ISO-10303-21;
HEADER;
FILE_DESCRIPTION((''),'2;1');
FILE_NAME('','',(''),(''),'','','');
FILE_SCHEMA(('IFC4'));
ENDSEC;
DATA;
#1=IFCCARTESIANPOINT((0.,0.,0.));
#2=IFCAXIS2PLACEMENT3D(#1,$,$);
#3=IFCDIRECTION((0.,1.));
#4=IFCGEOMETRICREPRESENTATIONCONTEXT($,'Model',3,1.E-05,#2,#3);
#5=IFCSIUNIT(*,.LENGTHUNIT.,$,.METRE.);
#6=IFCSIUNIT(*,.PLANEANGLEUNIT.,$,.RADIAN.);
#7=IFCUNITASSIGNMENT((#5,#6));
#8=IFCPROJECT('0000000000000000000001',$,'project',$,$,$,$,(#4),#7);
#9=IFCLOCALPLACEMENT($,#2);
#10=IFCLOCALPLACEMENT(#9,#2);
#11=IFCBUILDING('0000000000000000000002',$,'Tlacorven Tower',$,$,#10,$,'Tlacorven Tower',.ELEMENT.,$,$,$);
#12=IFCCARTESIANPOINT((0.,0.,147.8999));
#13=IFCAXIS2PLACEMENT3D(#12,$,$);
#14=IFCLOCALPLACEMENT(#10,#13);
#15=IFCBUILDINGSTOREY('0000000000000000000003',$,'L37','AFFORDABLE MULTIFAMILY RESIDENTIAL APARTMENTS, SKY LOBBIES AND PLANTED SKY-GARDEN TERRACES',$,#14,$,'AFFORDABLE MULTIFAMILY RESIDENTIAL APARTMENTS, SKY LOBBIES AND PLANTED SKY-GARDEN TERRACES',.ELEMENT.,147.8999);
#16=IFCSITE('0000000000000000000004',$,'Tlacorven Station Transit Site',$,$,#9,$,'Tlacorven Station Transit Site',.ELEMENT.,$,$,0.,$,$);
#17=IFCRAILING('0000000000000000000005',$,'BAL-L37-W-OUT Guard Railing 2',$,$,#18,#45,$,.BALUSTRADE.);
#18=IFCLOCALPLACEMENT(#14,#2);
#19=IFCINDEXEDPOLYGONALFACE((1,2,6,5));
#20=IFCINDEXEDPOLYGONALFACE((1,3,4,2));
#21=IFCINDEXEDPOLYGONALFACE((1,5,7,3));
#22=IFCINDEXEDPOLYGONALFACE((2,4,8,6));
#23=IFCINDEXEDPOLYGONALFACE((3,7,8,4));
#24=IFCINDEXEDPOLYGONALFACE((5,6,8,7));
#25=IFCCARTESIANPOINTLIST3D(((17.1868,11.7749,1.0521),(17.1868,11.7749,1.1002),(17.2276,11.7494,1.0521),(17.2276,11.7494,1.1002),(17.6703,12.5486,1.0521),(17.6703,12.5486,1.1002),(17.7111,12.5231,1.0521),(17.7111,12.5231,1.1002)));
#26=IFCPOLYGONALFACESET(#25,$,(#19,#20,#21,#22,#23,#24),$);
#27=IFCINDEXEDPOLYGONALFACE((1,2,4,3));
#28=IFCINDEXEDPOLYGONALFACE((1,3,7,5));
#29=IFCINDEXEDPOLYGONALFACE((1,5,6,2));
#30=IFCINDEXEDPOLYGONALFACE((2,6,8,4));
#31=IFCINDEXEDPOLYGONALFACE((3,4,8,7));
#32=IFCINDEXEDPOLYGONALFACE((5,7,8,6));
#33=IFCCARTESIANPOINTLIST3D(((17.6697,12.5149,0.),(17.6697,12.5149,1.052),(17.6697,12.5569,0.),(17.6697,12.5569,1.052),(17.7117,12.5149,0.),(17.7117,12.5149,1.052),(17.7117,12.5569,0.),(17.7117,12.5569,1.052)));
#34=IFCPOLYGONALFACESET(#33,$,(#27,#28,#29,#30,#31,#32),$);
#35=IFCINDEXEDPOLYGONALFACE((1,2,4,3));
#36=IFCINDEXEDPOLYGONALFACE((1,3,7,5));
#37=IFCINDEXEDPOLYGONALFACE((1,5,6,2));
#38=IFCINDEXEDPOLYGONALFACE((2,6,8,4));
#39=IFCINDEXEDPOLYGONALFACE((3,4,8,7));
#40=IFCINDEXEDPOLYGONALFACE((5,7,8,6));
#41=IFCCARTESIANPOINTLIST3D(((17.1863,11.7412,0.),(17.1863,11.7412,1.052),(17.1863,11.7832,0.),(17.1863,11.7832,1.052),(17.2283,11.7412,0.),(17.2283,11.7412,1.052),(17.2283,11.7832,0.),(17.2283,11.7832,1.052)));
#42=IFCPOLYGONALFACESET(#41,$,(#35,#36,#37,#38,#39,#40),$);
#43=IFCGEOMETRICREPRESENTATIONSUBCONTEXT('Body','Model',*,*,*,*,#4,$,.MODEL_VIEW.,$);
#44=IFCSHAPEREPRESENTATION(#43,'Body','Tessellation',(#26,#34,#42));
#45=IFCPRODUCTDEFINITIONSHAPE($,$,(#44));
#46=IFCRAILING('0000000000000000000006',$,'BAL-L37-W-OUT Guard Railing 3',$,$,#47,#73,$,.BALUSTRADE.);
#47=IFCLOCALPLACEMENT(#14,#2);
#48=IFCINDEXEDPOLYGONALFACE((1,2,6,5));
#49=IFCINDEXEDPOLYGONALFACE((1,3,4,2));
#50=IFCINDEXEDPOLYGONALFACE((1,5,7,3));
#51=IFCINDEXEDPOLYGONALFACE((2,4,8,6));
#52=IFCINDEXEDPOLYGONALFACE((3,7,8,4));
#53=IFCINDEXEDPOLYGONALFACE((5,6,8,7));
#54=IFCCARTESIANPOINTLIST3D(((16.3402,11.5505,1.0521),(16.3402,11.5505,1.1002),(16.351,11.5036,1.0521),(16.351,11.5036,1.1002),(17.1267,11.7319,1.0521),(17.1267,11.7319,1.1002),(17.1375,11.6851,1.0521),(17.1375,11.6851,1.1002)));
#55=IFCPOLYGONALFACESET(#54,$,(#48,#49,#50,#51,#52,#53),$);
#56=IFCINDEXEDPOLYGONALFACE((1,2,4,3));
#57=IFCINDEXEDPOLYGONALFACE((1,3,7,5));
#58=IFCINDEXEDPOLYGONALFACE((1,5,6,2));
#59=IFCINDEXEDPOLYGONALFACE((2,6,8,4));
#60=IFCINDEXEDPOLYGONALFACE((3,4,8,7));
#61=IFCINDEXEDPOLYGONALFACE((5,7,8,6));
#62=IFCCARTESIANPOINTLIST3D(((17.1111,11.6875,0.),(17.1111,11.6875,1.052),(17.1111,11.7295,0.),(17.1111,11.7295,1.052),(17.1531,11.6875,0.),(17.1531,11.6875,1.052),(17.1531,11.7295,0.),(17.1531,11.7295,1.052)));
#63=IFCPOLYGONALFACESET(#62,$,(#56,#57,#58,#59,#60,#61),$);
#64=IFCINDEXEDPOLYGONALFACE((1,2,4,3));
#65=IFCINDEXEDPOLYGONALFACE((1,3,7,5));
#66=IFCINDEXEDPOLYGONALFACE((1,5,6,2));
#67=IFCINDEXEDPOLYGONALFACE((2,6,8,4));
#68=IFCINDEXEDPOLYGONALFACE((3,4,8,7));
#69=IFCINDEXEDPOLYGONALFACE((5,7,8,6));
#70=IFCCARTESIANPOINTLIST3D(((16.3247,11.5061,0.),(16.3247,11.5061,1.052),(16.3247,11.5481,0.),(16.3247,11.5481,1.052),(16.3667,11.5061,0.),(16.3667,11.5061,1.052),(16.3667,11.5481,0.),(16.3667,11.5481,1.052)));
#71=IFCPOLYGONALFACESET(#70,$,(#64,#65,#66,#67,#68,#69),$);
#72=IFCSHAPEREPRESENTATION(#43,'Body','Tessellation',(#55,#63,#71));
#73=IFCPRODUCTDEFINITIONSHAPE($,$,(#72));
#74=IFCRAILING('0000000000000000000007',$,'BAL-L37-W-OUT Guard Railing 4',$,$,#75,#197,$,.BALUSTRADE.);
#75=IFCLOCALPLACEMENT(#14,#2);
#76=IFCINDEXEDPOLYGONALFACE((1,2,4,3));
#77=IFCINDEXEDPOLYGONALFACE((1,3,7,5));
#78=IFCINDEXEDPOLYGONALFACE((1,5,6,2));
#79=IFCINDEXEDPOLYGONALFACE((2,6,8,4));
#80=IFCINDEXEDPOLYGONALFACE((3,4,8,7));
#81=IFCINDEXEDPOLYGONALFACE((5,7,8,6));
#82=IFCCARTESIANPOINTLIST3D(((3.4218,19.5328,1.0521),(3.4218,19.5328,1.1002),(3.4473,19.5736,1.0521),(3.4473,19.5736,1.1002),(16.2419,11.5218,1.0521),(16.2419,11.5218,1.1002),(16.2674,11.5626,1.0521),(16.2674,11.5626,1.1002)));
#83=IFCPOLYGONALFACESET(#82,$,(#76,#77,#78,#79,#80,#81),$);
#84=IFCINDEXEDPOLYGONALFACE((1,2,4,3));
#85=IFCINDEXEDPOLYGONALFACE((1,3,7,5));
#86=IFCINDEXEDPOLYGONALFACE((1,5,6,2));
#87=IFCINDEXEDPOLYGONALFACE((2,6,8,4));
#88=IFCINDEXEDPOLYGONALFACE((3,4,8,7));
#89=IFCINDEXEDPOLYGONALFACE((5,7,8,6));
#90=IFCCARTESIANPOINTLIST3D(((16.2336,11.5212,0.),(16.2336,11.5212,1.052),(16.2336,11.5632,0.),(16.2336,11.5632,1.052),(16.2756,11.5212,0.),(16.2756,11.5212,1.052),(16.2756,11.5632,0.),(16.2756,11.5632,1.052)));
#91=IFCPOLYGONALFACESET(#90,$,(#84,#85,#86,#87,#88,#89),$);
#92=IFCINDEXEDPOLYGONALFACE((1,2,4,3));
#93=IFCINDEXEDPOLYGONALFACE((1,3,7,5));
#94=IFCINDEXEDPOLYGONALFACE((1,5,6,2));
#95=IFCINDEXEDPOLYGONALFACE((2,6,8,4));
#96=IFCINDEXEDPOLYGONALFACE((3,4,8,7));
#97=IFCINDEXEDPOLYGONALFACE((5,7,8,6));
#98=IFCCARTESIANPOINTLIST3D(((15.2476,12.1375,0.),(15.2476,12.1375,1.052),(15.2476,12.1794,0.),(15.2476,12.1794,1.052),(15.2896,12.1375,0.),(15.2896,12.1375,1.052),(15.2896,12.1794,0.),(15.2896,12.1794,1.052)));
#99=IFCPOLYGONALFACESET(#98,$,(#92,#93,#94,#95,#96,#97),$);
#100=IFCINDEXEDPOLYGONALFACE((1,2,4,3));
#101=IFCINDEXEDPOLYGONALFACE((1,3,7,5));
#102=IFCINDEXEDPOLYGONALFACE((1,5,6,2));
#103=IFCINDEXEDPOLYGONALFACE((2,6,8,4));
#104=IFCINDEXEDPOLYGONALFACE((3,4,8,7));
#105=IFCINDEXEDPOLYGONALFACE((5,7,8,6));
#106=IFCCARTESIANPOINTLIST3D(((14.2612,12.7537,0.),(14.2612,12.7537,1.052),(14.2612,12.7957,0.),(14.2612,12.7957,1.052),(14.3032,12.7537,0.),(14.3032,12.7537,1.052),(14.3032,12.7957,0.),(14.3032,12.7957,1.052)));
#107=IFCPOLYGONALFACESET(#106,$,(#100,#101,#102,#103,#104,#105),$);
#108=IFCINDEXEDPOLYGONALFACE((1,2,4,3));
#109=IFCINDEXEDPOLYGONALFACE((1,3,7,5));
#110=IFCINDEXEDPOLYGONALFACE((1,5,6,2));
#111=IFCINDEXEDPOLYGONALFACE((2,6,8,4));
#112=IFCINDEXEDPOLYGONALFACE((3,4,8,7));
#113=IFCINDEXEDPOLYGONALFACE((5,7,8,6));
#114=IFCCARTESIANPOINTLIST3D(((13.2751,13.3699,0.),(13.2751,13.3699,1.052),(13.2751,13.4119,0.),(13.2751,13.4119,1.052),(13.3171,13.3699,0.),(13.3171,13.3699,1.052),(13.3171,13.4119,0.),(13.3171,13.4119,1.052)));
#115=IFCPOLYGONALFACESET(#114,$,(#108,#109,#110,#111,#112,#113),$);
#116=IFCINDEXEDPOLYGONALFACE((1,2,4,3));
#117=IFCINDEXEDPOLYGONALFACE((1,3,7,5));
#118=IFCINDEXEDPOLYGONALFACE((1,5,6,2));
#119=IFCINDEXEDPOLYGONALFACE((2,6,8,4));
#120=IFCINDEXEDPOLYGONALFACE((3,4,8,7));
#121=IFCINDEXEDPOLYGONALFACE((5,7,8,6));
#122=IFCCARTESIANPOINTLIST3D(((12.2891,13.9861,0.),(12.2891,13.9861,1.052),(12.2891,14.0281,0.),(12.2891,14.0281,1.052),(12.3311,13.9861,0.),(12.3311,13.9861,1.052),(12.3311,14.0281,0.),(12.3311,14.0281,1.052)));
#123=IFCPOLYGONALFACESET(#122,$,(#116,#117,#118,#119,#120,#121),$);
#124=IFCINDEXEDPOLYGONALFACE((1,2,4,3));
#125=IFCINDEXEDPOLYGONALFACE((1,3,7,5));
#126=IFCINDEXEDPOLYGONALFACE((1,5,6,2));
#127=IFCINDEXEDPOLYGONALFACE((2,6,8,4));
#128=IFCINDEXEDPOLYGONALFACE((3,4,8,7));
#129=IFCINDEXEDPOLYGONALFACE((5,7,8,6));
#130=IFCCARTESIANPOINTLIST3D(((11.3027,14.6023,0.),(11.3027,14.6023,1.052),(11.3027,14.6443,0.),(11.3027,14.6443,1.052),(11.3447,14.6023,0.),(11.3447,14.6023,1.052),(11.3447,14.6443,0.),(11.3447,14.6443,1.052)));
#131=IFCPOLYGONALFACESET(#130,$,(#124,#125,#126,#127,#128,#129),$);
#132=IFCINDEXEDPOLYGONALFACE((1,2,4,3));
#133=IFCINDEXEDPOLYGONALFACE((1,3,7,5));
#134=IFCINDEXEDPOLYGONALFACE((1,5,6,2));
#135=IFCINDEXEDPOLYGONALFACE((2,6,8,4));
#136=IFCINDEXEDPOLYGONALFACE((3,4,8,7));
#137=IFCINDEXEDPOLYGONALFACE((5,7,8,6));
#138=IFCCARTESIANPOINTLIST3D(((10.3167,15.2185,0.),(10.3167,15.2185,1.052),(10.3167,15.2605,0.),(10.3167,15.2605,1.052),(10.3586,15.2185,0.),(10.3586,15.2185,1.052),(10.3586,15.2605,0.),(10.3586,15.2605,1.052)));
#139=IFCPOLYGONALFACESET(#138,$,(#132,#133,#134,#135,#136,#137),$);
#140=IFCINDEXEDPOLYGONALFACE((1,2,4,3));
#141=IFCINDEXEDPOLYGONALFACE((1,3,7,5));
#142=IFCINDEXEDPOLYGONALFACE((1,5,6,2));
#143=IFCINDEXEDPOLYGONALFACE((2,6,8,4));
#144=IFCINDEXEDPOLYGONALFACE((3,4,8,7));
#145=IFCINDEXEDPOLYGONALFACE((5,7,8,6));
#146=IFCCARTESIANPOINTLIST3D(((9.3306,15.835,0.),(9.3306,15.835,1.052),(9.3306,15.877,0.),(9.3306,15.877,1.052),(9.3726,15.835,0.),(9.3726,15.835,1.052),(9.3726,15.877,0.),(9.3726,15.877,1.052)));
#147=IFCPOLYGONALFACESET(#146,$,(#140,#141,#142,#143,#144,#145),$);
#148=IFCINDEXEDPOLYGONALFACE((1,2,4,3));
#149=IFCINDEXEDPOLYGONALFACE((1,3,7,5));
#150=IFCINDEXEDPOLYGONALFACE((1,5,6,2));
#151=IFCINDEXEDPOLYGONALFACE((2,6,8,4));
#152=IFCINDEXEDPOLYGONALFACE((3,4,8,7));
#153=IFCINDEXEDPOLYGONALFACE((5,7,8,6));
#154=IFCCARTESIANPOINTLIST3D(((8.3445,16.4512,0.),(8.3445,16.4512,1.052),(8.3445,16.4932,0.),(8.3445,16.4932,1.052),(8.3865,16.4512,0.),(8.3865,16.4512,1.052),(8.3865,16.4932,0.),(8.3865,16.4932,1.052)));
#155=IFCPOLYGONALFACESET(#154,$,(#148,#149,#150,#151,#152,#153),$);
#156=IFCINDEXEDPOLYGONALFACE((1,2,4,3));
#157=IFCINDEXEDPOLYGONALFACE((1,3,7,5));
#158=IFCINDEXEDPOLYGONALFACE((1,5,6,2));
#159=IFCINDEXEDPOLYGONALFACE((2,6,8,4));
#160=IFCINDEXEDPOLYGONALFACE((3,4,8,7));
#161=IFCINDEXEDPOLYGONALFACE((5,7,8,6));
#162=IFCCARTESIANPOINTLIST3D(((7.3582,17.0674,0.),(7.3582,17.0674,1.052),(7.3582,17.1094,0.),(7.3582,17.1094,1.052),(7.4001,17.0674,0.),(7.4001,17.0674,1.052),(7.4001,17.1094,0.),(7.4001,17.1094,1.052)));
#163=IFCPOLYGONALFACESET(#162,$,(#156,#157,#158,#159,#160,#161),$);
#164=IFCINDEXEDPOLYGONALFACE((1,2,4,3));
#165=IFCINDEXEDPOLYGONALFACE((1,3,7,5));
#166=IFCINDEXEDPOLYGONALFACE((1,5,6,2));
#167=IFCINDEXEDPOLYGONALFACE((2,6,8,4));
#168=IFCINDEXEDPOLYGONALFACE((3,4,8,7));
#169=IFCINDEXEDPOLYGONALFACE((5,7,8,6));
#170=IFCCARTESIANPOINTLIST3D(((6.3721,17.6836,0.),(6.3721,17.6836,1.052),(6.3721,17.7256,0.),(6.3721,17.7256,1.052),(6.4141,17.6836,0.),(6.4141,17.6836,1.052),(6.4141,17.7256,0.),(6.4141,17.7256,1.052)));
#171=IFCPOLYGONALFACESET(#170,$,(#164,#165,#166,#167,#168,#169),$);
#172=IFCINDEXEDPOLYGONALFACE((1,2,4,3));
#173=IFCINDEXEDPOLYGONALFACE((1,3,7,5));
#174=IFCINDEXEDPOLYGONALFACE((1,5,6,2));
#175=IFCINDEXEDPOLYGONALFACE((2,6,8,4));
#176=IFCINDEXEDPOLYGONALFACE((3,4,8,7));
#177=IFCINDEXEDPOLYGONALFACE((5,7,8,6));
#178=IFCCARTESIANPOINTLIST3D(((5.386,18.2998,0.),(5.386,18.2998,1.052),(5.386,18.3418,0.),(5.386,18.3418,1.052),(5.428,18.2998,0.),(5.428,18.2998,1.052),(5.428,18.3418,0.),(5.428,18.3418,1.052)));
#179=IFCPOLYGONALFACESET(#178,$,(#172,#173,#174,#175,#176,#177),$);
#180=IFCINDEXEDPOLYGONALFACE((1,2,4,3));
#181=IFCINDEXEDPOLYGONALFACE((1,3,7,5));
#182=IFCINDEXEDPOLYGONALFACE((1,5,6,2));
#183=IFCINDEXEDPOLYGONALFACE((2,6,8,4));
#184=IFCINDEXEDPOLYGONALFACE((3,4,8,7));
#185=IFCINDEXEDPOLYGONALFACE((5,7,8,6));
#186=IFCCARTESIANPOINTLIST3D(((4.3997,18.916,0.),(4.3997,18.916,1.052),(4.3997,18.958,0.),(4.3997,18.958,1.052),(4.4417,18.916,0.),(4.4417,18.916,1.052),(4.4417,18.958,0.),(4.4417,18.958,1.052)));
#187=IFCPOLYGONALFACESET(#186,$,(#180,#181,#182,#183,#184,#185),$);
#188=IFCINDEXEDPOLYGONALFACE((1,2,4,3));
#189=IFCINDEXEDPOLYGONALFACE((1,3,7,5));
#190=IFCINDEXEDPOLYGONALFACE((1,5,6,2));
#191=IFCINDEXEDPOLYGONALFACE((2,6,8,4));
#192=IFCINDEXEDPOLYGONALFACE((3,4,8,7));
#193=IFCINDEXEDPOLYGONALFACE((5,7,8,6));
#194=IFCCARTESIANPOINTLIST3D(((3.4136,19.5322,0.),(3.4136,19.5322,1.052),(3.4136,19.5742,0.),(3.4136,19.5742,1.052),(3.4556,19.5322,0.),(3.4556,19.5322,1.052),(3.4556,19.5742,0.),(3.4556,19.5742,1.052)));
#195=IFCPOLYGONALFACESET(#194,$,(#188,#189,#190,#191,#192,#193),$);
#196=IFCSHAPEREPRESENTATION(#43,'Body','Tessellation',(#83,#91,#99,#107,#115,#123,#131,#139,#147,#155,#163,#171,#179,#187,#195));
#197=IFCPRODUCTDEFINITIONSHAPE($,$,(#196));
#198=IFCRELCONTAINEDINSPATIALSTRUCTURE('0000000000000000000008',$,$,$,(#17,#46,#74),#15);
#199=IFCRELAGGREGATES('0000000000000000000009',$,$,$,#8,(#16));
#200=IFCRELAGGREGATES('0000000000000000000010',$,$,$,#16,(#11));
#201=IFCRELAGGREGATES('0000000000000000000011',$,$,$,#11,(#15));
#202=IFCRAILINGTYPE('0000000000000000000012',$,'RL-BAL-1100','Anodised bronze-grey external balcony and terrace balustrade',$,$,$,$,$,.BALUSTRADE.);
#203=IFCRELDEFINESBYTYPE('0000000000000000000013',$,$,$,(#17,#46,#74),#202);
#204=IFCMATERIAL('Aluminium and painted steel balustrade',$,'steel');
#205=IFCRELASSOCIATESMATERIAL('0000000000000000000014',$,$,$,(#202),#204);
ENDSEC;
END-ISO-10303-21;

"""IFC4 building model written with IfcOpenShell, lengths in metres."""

from ifc_helpers import new_model, si_unit, direction, frame, origin, origin_2d, place, context, subcontext, project, spatial, rectangle, extrude, source, transform, mapped, material, type_object, element, save


model = new_model("IFC4")

# Units and contexts
model_context = context("Model", 3, precision=1e-05, world=origin(), true_north=direction((0.0, 1.0)))
body_context = subcontext(model_context, "Body", "Model", "MODEL_VIEW")
ifc_project = project(units=[si_unit("LENGTHUNIT", "METRE"), si_unit("PLANEANGLEUNIT", "RADIAN")], contexts=[model_context])

# Site, building, storey
site_placement = place(None, origin())
site = spatial("IfcSite", under=ifc_project, at=site_placement, Name="Tlacorven Station Transit Site", LongName="Tlacorven Station Transit Site", CompositionType="ELEMENT", RefElevation=0.0)
building_placement = place(site_placement, origin())
building = spatial("IfcBuilding", under=site, at=building_placement, Name="Tlacorven Tower", LongName="Tlacorven Tower", CompositionType="ELEMENT")
storey_placement = place(building_placement, frame((0.0, 0.0, 147.8999)))
storey = spatial("IfcBuildingStorey", under=building, at=storey_placement, Name="L37", Description="AFFORDABLE MULTIFAMILY RESIDENTIAL APARTMENTS, SKY LOBBIES AND PLANTED SKY-GARDEN TERRACES", LongName="AFFORDABLE MULTIFAMILY RESIDENTIAL APARTMENTS, SKY LOBBIES AND PLANTED SKY-GARDEN TERRACES", CompositionType="ELEMENT", Elevation=147.8999)

# Railings
ifc_material_1 = material(Name="Aluminium and painted steel balustrade", Category="steel")
railing_type = type_object("IfcRailingType", Name="RL-BAL-1100", Description="Anodised bronze-grey external balcony and terrace balustrade", PredefinedType="BALUSTRADE", material=ifc_material_1)
shared_shape_1 = source(origin(), body_context, "Body", "SweptSolid", [
    extrude(rectangle(XDim=0.0481, YDim=0.0481, at=origin_2d()), frame((0.0, 0.0, 1.0762), z_axis=(-0.529879, -0.848073, 0.0), x_axis=(0.848073, -0.529879, 0.0)), (0.0, 0.0, 1.0), 0.9124),
    extrude(rectangle(XDim=0.042, YDim=0.042, at=origin_2d()), origin(), (0.0, 0.0, 1.0), 1.052),
    extrude(rectangle(XDim=0.042, YDim=0.042, at=origin_2d()), frame((-0.4834, -0.7737, 0.0)), (0.0, 0.0, 1.0), 1.052),
])
railing_1_placement = place(storey_placement, frame((17.6907, 12.5359, 0.0)))
element("IfcRailing", 1, at=railing_1_placement, inside=storey, type_object=railing_type, Name="BAL-L37-W-OUT Guard Railing 2", PredefinedType="BALUSTRADE", context=body_context, shape_type="MappedRepresentation", body=[
    mapped(shared_shape_1, transform((0.0, 0.0, 0.0), scale=1.0)),
])
shared_shape_2 = source(origin(), body_context, "Body", "SweptSolid", [
    extrude(rectangle(XDim=0.0481, YDim=0.0481, at=origin_2d()), frame((0.0, 0.0, 1.0762), z_axis=(-0.974412, -0.224771, 0.0), x_axis=(0.224771, -0.974412, 0.0)), (0.0, 0.0, 1.0), 0.8071),
    extrude(rectangle(XDim=0.042, YDim=0.042, at=origin_2d()), origin(), (0.0, 0.0, 1.0), 1.052),
    extrude(rectangle(XDim=0.042, YDim=0.042, at=origin_2d()), frame((-0.7864, -0.1814, 0.0)), (0.0, 0.0, 1.0), 1.052),
])
railing_2_placement = place(storey_placement, frame((17.1321, 11.7085, 0.0)))
element("IfcRailing", 2, at=railing_2_placement, inside=storey, type_object=railing_type, Name="BAL-L37-W-OUT Guard Railing 3", PredefinedType="BALUSTRADE", context=body_context, shape_type="MappedRepresentation", body=[
    mapped(shared_shape_2, transform((0.0, 0.0, 0.0), scale=1.0)),
])
shared_shape_3 = source(origin(), body_context, "Body", "SweptSolid", [
    extrude(rectangle(XDim=0.0481, YDim=0.0481, at=origin_2d()), frame((0.0, 0.0, 1.0762), z_axis=(-0.848045, 0.529925, 0.0), x_axis=(-0.529925, -0.848045, 0.0)), (0.0, 0.0, 1.0), 15.1172),
    extrude(rectangle(XDim=0.042, YDim=0.042, at=origin_2d()), origin(), (0.0, 0.0, 1.0), 1.052),
    extrude(rectangle(XDim=0.042, YDim=0.042, at=origin_2d()), frame((-0.9861, 0.6162, 0.0)), (0.0, 0.0, 1.0), 1.052),
    extrude(rectangle(XDim=0.042, YDim=0.042, at=origin_2d()), frame((-1.9724, 1.2324, 0.0)), (0.0, 0.0, 1.0), 1.052),
    extrude(rectangle(XDim=0.042, YDim=0.042, at=origin_2d()), frame((-2.9585, 1.8486, 0.0)), (0.0, 0.0, 1.0), 1.052),
    extrude(rectangle(XDim=0.042, YDim=0.042, at=origin_2d()), frame((-3.9446, 2.4648, 0.0)), (0.0, 0.0, 1.0), 1.052),
    extrude(rectangle(XDim=0.042, YDim=0.042, at=origin_2d()), frame((-4.9309, 3.0811, 0.0)), (0.0, 0.0, 1.0), 1.052),
    extrude(rectangle(XDim=0.042, YDim=0.042, at=origin_2d()), frame((-5.917, 3.6973, 0.0)), (0.0, 0.0, 1.0), 1.052),
    extrude(rectangle(XDim=0.042, YDim=0.042, at=origin_2d()), frame((-6.9031, 4.3137, 0.0)), (0.0, 0.0, 1.0), 1.052),
    extrude(rectangle(XDim=0.042, YDim=0.042, at=origin_2d()), frame((-7.8892, 4.9299, 0.0)), (0.0, 0.0, 1.0), 1.052),
    extrude(rectangle(XDim=0.042, YDim=0.042, at=origin_2d()), frame((-8.8755, 5.5461, 0.0)), (0.0, 0.0, 1.0), 1.052),
    extrude(rectangle(XDim=0.042, YDim=0.042, at=origin_2d()), frame((-9.8616, 6.1624, 0.0)), (0.0, 0.0, 1.0), 1.052),
    extrude(rectangle(XDim=0.042, YDim=0.042, at=origin_2d()), frame((-10.8477, 6.7786, 0.0)), (0.0, 0.0, 1.0), 1.052),
    extrude(rectangle(XDim=0.042, YDim=0.042, at=origin_2d()), frame((-11.834, 7.3948, 0.0)), (0.0, 0.0, 1.0), 1.052),
    extrude(rectangle(XDim=0.042, YDim=0.042, at=origin_2d()), frame((-12.8201, 8.011, 0.0)), (0.0, 0.0, 1.0), 1.052),
])
railing_3_placement = place(storey_placement, frame((16.2546, 11.5422, 0.0)))
element("IfcRailing", 3, at=railing_3_placement, inside=storey, type_object=railing_type, Name="BAL-L37-W-OUT Guard Railing 4", PredefinedType="BALUSTRADE", context=body_context, shape_type="MappedRepresentation", body=[
    mapped(shared_shape_3, transform((0.0, 0.0, 0.0), scale=1.0)),
])

save(model, "model.ifc")
